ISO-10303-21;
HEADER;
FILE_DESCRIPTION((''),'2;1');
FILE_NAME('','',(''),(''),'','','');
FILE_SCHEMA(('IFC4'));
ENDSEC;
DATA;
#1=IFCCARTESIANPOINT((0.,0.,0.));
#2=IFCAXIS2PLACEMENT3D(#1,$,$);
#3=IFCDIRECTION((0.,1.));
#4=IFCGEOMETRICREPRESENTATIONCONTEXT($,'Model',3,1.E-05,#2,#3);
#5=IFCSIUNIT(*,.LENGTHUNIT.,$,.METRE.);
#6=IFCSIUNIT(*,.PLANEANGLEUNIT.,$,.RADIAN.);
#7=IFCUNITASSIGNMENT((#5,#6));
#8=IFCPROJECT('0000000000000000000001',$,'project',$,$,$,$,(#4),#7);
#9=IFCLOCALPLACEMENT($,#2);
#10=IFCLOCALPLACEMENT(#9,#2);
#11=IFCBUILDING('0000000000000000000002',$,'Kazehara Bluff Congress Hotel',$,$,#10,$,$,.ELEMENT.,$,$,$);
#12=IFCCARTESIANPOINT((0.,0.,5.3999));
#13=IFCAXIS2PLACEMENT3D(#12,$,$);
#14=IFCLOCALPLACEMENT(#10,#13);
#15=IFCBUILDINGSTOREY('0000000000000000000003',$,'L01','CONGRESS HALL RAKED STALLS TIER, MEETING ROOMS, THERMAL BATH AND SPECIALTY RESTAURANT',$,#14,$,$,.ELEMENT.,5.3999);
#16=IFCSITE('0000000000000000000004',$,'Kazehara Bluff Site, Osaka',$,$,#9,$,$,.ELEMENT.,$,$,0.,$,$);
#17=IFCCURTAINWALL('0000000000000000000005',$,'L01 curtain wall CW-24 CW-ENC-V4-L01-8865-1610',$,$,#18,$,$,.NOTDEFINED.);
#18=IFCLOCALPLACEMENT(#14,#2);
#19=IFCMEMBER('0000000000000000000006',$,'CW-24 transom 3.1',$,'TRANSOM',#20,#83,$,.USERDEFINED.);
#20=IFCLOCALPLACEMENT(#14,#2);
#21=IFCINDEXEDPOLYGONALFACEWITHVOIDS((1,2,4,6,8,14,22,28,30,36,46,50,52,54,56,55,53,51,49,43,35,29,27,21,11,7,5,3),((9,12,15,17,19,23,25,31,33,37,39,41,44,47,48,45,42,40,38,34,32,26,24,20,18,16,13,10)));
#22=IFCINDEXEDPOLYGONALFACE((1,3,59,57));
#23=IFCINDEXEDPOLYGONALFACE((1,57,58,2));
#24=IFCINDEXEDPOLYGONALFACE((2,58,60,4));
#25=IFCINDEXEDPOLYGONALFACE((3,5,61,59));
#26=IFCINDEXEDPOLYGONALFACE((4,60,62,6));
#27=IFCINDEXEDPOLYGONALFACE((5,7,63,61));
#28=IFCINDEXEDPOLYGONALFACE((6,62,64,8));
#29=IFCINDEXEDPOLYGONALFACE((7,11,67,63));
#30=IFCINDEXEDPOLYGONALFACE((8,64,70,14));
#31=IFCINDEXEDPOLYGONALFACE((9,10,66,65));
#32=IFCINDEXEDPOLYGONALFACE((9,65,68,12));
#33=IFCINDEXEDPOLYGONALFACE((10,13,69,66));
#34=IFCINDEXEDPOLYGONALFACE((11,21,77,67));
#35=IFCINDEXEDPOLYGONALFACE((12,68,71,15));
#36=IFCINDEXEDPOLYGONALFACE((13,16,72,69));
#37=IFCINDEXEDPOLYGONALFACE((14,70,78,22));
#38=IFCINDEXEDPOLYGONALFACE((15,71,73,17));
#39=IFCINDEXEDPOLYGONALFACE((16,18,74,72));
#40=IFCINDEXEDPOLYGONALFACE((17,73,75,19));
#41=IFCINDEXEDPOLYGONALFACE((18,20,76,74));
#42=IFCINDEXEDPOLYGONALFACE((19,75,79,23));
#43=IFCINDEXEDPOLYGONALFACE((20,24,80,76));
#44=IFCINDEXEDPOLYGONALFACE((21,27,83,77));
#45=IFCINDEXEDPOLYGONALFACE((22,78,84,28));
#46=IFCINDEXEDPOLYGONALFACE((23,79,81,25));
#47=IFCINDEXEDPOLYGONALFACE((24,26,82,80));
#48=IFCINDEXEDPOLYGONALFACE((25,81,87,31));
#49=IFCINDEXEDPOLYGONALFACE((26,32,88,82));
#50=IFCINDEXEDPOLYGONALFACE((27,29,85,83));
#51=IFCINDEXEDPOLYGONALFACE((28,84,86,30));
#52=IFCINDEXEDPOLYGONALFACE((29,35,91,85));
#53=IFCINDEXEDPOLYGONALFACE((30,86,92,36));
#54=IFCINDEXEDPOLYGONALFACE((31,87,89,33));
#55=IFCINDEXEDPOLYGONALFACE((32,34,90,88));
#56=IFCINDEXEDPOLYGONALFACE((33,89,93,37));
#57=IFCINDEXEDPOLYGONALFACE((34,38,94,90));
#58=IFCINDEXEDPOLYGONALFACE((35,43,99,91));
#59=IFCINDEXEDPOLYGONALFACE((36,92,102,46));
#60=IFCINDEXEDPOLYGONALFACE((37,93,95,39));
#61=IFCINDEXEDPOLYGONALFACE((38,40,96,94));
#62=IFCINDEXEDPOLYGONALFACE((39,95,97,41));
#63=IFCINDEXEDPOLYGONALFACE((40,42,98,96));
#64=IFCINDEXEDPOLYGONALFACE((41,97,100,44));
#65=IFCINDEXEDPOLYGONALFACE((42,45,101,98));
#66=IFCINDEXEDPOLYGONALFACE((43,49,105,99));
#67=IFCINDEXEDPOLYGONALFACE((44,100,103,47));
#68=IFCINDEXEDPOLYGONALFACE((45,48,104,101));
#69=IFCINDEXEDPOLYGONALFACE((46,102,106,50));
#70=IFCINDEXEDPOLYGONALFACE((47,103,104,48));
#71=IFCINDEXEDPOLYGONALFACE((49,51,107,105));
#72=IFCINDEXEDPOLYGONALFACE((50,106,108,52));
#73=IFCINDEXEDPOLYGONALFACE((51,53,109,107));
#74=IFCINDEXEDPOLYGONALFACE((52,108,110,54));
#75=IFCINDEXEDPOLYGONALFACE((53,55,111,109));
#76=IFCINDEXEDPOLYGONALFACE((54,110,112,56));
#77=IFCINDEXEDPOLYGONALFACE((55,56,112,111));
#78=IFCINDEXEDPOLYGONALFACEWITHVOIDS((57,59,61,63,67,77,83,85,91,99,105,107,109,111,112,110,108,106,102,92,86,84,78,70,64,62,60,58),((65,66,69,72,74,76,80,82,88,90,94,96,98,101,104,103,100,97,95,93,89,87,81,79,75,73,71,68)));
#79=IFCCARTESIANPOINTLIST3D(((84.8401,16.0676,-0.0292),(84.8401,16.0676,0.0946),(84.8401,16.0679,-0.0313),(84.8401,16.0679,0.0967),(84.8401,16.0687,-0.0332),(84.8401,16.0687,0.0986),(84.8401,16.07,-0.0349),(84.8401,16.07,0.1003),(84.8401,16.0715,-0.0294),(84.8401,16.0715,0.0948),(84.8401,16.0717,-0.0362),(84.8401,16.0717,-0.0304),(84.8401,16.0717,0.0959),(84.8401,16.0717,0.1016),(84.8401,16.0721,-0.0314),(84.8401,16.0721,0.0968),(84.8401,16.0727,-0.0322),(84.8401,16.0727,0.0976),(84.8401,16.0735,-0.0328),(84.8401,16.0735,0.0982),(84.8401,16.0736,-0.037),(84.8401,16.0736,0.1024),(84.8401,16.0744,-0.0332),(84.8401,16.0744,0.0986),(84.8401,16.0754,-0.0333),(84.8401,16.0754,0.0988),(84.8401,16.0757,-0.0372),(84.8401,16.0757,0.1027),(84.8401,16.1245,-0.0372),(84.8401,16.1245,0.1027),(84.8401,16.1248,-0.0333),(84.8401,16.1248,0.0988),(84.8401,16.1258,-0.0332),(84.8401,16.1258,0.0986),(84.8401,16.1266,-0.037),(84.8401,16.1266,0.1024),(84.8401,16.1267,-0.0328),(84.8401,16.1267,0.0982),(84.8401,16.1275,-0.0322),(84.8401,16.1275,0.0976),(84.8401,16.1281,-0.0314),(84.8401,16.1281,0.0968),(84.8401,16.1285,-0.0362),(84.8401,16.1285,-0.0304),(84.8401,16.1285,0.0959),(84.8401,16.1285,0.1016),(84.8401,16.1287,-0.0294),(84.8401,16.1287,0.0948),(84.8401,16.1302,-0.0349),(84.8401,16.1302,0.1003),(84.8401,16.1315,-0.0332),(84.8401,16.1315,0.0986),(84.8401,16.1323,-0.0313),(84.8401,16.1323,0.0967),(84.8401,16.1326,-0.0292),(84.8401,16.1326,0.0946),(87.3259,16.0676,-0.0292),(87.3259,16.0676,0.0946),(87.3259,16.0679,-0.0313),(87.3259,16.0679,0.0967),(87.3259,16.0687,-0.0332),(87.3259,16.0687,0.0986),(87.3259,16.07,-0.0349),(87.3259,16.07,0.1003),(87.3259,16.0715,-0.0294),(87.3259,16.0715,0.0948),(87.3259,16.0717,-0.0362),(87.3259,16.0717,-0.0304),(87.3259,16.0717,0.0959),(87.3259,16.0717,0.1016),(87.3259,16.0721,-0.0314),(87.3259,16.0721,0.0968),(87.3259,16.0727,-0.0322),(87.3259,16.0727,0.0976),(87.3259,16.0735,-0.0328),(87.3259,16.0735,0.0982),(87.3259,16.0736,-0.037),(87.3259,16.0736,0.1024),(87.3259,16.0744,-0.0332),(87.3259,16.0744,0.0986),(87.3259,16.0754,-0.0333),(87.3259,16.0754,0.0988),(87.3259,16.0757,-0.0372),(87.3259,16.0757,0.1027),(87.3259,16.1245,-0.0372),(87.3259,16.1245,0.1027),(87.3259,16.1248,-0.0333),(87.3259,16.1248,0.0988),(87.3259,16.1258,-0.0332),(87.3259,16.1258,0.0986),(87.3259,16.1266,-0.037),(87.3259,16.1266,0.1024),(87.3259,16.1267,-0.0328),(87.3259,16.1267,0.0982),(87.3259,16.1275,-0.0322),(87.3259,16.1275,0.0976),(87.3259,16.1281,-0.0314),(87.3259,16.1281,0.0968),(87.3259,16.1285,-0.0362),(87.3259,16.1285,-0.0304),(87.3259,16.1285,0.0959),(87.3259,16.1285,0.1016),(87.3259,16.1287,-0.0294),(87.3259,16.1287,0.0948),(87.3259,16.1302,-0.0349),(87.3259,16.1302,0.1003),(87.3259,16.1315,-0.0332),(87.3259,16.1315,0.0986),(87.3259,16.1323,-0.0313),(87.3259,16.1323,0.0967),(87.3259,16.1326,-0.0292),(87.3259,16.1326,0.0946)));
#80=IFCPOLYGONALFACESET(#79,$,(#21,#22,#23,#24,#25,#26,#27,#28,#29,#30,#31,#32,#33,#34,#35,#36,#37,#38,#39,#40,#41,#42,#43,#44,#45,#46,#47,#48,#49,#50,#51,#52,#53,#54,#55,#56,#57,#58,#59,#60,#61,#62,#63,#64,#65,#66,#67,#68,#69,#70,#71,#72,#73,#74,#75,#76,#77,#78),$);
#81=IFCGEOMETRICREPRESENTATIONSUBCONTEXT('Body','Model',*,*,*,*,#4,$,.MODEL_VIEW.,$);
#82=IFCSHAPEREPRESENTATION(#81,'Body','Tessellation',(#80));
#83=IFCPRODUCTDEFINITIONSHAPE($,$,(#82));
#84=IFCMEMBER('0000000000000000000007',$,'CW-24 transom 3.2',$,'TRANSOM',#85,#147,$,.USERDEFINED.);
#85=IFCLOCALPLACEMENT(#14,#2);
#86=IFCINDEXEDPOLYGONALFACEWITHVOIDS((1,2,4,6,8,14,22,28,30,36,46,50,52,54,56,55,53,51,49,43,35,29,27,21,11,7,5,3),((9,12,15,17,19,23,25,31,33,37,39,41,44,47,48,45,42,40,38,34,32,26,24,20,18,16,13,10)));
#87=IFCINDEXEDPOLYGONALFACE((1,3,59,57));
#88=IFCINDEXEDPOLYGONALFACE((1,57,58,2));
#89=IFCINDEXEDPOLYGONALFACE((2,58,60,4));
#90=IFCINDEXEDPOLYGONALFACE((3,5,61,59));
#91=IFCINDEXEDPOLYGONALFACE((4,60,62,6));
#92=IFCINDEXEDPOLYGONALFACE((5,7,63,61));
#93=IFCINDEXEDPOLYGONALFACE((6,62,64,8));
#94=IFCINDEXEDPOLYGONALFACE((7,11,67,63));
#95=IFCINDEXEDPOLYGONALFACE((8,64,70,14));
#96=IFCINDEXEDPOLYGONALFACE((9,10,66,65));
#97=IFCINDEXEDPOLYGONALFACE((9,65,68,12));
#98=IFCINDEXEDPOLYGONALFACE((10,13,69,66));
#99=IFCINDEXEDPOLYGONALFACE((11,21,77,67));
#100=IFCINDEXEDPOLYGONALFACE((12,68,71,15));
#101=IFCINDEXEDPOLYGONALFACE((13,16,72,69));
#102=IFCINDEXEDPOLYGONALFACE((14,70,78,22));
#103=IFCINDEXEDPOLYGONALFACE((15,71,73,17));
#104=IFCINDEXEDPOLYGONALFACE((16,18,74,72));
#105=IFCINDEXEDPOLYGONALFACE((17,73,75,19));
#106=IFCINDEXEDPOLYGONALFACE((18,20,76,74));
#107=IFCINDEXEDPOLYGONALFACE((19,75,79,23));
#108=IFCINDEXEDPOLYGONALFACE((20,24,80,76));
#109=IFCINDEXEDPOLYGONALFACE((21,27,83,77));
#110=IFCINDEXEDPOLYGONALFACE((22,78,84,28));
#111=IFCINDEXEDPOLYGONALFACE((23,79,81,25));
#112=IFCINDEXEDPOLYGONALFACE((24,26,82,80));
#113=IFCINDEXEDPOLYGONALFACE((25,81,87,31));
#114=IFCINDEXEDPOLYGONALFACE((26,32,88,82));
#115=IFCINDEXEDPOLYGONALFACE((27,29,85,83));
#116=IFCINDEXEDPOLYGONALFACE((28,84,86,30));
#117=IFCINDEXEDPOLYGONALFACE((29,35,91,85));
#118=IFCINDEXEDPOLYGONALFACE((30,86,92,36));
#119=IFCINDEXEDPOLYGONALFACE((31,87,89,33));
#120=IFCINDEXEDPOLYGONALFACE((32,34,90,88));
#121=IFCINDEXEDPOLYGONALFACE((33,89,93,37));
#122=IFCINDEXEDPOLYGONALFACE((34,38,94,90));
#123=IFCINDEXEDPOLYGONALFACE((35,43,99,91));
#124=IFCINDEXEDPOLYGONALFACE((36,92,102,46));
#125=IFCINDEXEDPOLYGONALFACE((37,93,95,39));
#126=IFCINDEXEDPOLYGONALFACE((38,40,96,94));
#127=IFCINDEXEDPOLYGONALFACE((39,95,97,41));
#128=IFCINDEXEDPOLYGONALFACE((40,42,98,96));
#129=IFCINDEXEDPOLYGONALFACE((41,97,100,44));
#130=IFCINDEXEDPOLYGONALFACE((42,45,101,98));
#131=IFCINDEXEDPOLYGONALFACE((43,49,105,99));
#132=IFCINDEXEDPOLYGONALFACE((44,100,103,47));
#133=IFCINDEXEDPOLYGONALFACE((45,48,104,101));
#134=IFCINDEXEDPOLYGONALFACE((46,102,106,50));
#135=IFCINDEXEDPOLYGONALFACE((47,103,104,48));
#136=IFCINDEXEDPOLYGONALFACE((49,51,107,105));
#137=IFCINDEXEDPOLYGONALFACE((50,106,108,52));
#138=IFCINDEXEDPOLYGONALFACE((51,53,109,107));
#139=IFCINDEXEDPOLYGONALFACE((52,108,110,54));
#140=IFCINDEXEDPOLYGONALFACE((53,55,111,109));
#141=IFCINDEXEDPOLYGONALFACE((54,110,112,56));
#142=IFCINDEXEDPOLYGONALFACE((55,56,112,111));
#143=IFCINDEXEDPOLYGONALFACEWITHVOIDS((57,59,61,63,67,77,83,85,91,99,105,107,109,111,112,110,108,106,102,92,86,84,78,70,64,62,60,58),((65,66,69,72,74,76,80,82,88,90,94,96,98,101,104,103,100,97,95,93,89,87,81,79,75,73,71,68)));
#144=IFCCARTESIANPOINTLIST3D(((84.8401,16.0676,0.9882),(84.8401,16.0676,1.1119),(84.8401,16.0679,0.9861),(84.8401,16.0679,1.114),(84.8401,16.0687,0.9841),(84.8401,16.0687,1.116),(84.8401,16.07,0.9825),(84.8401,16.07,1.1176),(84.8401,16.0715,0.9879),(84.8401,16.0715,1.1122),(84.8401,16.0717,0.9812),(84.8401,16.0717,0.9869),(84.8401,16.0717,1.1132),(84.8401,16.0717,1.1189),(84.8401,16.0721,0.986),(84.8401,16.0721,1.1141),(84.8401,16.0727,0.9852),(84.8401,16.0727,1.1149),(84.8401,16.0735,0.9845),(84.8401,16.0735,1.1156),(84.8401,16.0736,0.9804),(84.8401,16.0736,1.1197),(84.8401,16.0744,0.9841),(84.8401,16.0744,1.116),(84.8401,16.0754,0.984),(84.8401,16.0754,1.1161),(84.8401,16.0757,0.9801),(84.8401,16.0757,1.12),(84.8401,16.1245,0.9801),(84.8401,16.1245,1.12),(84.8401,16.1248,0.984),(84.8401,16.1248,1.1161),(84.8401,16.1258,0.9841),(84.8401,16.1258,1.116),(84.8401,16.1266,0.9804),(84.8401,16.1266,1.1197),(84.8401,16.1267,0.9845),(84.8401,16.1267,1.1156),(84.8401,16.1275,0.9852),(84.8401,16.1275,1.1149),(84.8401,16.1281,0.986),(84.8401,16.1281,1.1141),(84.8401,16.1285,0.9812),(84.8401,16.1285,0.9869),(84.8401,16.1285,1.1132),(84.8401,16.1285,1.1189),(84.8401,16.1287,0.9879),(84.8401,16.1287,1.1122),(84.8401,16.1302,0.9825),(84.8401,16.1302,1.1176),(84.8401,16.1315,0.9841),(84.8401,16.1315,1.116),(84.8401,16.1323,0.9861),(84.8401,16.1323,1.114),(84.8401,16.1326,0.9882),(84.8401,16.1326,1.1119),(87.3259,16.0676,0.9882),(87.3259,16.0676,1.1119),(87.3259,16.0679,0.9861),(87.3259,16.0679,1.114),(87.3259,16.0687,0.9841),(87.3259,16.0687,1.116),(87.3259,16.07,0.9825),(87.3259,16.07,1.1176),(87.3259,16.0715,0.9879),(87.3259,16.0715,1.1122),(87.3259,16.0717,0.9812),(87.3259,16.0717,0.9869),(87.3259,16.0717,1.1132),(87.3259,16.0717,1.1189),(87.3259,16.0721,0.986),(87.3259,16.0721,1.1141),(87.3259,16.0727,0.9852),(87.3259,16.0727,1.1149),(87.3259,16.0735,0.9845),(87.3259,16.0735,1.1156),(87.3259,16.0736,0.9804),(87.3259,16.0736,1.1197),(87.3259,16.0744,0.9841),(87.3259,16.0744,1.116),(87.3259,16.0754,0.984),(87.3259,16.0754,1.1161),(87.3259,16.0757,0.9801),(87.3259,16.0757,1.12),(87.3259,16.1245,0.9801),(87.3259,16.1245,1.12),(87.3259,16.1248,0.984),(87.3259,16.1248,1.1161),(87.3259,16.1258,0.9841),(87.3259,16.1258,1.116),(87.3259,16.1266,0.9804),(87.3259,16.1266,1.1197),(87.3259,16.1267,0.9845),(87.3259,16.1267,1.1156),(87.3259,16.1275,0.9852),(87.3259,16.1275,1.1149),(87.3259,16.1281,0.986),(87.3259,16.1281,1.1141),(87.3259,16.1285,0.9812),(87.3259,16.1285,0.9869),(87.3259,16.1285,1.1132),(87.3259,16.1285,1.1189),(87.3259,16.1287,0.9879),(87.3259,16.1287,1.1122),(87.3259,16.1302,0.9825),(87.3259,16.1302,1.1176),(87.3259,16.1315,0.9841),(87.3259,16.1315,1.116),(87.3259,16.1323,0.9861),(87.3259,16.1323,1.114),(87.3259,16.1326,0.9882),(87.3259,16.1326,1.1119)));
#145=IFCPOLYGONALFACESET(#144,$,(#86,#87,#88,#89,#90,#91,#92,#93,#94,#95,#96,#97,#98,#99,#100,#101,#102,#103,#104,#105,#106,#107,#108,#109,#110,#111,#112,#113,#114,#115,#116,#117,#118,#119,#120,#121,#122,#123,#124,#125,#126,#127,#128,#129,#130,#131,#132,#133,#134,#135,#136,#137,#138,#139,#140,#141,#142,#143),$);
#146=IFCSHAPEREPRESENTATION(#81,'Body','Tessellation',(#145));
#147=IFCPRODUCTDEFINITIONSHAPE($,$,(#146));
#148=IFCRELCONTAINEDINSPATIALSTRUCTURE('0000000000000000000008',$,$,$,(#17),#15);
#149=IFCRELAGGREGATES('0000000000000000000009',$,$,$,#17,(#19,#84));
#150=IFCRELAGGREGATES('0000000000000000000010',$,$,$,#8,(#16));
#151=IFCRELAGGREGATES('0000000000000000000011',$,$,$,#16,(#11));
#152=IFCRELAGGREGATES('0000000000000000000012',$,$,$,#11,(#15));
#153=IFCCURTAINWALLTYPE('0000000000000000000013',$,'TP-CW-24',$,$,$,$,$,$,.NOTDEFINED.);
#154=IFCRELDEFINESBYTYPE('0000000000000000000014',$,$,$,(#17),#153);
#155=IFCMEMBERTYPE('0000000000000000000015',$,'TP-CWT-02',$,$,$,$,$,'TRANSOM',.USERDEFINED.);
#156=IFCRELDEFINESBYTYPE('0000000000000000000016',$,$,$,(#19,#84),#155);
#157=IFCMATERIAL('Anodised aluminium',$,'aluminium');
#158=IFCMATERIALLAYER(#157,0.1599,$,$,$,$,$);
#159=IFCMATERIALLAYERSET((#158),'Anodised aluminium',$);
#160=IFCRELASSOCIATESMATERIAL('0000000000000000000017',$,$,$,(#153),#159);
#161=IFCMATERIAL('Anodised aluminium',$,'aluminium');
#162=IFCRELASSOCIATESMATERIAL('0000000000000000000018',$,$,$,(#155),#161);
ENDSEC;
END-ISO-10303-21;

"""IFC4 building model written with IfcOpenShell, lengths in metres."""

from ifc_helpers import new_model, si_unit, direction, frame, origin, origin_2d, place, context, subcontext, project, spatial, hollow_rectangle, extrude, material, layer, layer_set, material_profile, profile_set, type_object, element, aggregate, save


model = new_model("IFC4")

# Units and contexts
model_context = context("Model", 3, precision=1e-05, world=origin(), true_north=direction((0.0, 1.0)))
body_context = subcontext(model_context, "Body", "Model", "MODEL_VIEW")
ifc_project = project(units=[si_unit("LENGTHUNIT", "METRE"), si_unit("PLANEANGLEUNIT", "RADIAN")], contexts=[model_context])

# Site, building, storey
site_placement = place(None, origin())
site = spatial("IfcSite", under=ifc_project, at=site_placement, Name="Kazehara Bluff Site, Osaka", CompositionType="ELEMENT", RefElevation=0.0)
building_placement = place(site_placement, origin())
building = spatial("IfcBuilding", under=site, at=building_placement, Name="Kazehara Bluff Congress Hotel", CompositionType="ELEMENT")
storey_placement = place(building_placement, frame((0.0, 0.0, 5.3999)))
storey = spatial("IfcBuildingStorey", under=building, at=storey_placement, Name="L01", Description="CONGRESS HALL RAKED STALLS TIER, MEETING ROOMS, THERMAL BATH AND SPECIALTY RESTAURANT", CompositionType="ELEMENT", Elevation=5.3999)

# Curtain wall
ifc_material_1 = material(Name="Anodised aluminium", Category="aluminium")
ifc_layer_1 = layer(ifc_material_1, 0.1599)
ifc_layer_set_1 = layer_set([ifc_layer_1], Name="Anodised aluminium")
curtain_wall_type = type_object("IfcCurtainWallType", Name="TP-CW-24", PredefinedType="NOTDEFINED", material=ifc_layer_set_1)
curtain_wall_1_placement = place(storey_placement, origin())
curtain_wall_1 = element("IfcCurtainWall", 1, at=curtain_wall_1_placement, inside=storey, type_object=curtain_wall_type, Name="L01 curtain wall CW-24 CW-ENC-V4-L01-8865-1610", PredefinedType="NOTDEFINED")

# Members
ifc_material_2 = material(Name="Anodised aluminium", Category="aluminium")
ifc_material_profile_1 = material_profile(ifc_material_2, hollow_rectangle(XDim=0.0649, YDim=0.1399, WallThickness=0.0039, InnerFilletRadius=0.0039, OuterFilletRadius=0.0081, at=origin_2d()))
ifc_profile_set_1 = profile_set([ifc_material_profile_1], Name="Anodised aluminium")
member_type_1 = type_object("IfcMemberType", Name="TP-CWT-02", ElementType="TRANSOM", PredefinedType="USERDEFINED", material=ifc_profile_set_1)
member_1_placement = place(storey_placement, frame((87.3259, 16.1001, 0.0327), z_axis=(-1.0, 0.0, 0.0), x_axis=(0.0, -1.0, 0.0)))
member_1 = element("IfcMember", 2, at=member_1_placement, type_object=member_type_1, Name="CW-24 transom 3.1", ObjectType="TRANSOM", PredefinedType="USERDEFINED", context=body_context, shape_type="SweptSolid", body=[
    extrude(hollow_rectangle(XDim=0.0649, YDim=0.1399, WallThickness=0.0039, InnerFilletRadius=0.0039, OuterFilletRadius=0.0081, at=origin_2d()), origin(), (0.0, 0.0, 1.0), 2.4858),
])
member_2_placement = place(storey_placement, frame((87.3259, 16.1001, 1.05), z_axis=(-1.0, 0.0, 0.0), x_axis=(0.0, -1.0, 0.0)))
member_2 = element("IfcMember", 3, at=member_2_placement, type_object=member_type_1, Name="CW-24 transom 3.2", ObjectType="TRANSOM", PredefinedType="USERDEFINED", context=body_context, shape_type="SweptSolid", body=[
    extrude(hollow_rectangle(XDim=0.0649, YDim=0.1399, WallThickness=0.0039, InnerFilletRadius=0.0039, OuterFilletRadius=0.0081, at=origin_2d()), origin(), (0.0, 0.0, 1.0), 2.4858),
])

aggregate(curtain_wall_1, [member_1, member_2])

save(model, "model.ifc")
